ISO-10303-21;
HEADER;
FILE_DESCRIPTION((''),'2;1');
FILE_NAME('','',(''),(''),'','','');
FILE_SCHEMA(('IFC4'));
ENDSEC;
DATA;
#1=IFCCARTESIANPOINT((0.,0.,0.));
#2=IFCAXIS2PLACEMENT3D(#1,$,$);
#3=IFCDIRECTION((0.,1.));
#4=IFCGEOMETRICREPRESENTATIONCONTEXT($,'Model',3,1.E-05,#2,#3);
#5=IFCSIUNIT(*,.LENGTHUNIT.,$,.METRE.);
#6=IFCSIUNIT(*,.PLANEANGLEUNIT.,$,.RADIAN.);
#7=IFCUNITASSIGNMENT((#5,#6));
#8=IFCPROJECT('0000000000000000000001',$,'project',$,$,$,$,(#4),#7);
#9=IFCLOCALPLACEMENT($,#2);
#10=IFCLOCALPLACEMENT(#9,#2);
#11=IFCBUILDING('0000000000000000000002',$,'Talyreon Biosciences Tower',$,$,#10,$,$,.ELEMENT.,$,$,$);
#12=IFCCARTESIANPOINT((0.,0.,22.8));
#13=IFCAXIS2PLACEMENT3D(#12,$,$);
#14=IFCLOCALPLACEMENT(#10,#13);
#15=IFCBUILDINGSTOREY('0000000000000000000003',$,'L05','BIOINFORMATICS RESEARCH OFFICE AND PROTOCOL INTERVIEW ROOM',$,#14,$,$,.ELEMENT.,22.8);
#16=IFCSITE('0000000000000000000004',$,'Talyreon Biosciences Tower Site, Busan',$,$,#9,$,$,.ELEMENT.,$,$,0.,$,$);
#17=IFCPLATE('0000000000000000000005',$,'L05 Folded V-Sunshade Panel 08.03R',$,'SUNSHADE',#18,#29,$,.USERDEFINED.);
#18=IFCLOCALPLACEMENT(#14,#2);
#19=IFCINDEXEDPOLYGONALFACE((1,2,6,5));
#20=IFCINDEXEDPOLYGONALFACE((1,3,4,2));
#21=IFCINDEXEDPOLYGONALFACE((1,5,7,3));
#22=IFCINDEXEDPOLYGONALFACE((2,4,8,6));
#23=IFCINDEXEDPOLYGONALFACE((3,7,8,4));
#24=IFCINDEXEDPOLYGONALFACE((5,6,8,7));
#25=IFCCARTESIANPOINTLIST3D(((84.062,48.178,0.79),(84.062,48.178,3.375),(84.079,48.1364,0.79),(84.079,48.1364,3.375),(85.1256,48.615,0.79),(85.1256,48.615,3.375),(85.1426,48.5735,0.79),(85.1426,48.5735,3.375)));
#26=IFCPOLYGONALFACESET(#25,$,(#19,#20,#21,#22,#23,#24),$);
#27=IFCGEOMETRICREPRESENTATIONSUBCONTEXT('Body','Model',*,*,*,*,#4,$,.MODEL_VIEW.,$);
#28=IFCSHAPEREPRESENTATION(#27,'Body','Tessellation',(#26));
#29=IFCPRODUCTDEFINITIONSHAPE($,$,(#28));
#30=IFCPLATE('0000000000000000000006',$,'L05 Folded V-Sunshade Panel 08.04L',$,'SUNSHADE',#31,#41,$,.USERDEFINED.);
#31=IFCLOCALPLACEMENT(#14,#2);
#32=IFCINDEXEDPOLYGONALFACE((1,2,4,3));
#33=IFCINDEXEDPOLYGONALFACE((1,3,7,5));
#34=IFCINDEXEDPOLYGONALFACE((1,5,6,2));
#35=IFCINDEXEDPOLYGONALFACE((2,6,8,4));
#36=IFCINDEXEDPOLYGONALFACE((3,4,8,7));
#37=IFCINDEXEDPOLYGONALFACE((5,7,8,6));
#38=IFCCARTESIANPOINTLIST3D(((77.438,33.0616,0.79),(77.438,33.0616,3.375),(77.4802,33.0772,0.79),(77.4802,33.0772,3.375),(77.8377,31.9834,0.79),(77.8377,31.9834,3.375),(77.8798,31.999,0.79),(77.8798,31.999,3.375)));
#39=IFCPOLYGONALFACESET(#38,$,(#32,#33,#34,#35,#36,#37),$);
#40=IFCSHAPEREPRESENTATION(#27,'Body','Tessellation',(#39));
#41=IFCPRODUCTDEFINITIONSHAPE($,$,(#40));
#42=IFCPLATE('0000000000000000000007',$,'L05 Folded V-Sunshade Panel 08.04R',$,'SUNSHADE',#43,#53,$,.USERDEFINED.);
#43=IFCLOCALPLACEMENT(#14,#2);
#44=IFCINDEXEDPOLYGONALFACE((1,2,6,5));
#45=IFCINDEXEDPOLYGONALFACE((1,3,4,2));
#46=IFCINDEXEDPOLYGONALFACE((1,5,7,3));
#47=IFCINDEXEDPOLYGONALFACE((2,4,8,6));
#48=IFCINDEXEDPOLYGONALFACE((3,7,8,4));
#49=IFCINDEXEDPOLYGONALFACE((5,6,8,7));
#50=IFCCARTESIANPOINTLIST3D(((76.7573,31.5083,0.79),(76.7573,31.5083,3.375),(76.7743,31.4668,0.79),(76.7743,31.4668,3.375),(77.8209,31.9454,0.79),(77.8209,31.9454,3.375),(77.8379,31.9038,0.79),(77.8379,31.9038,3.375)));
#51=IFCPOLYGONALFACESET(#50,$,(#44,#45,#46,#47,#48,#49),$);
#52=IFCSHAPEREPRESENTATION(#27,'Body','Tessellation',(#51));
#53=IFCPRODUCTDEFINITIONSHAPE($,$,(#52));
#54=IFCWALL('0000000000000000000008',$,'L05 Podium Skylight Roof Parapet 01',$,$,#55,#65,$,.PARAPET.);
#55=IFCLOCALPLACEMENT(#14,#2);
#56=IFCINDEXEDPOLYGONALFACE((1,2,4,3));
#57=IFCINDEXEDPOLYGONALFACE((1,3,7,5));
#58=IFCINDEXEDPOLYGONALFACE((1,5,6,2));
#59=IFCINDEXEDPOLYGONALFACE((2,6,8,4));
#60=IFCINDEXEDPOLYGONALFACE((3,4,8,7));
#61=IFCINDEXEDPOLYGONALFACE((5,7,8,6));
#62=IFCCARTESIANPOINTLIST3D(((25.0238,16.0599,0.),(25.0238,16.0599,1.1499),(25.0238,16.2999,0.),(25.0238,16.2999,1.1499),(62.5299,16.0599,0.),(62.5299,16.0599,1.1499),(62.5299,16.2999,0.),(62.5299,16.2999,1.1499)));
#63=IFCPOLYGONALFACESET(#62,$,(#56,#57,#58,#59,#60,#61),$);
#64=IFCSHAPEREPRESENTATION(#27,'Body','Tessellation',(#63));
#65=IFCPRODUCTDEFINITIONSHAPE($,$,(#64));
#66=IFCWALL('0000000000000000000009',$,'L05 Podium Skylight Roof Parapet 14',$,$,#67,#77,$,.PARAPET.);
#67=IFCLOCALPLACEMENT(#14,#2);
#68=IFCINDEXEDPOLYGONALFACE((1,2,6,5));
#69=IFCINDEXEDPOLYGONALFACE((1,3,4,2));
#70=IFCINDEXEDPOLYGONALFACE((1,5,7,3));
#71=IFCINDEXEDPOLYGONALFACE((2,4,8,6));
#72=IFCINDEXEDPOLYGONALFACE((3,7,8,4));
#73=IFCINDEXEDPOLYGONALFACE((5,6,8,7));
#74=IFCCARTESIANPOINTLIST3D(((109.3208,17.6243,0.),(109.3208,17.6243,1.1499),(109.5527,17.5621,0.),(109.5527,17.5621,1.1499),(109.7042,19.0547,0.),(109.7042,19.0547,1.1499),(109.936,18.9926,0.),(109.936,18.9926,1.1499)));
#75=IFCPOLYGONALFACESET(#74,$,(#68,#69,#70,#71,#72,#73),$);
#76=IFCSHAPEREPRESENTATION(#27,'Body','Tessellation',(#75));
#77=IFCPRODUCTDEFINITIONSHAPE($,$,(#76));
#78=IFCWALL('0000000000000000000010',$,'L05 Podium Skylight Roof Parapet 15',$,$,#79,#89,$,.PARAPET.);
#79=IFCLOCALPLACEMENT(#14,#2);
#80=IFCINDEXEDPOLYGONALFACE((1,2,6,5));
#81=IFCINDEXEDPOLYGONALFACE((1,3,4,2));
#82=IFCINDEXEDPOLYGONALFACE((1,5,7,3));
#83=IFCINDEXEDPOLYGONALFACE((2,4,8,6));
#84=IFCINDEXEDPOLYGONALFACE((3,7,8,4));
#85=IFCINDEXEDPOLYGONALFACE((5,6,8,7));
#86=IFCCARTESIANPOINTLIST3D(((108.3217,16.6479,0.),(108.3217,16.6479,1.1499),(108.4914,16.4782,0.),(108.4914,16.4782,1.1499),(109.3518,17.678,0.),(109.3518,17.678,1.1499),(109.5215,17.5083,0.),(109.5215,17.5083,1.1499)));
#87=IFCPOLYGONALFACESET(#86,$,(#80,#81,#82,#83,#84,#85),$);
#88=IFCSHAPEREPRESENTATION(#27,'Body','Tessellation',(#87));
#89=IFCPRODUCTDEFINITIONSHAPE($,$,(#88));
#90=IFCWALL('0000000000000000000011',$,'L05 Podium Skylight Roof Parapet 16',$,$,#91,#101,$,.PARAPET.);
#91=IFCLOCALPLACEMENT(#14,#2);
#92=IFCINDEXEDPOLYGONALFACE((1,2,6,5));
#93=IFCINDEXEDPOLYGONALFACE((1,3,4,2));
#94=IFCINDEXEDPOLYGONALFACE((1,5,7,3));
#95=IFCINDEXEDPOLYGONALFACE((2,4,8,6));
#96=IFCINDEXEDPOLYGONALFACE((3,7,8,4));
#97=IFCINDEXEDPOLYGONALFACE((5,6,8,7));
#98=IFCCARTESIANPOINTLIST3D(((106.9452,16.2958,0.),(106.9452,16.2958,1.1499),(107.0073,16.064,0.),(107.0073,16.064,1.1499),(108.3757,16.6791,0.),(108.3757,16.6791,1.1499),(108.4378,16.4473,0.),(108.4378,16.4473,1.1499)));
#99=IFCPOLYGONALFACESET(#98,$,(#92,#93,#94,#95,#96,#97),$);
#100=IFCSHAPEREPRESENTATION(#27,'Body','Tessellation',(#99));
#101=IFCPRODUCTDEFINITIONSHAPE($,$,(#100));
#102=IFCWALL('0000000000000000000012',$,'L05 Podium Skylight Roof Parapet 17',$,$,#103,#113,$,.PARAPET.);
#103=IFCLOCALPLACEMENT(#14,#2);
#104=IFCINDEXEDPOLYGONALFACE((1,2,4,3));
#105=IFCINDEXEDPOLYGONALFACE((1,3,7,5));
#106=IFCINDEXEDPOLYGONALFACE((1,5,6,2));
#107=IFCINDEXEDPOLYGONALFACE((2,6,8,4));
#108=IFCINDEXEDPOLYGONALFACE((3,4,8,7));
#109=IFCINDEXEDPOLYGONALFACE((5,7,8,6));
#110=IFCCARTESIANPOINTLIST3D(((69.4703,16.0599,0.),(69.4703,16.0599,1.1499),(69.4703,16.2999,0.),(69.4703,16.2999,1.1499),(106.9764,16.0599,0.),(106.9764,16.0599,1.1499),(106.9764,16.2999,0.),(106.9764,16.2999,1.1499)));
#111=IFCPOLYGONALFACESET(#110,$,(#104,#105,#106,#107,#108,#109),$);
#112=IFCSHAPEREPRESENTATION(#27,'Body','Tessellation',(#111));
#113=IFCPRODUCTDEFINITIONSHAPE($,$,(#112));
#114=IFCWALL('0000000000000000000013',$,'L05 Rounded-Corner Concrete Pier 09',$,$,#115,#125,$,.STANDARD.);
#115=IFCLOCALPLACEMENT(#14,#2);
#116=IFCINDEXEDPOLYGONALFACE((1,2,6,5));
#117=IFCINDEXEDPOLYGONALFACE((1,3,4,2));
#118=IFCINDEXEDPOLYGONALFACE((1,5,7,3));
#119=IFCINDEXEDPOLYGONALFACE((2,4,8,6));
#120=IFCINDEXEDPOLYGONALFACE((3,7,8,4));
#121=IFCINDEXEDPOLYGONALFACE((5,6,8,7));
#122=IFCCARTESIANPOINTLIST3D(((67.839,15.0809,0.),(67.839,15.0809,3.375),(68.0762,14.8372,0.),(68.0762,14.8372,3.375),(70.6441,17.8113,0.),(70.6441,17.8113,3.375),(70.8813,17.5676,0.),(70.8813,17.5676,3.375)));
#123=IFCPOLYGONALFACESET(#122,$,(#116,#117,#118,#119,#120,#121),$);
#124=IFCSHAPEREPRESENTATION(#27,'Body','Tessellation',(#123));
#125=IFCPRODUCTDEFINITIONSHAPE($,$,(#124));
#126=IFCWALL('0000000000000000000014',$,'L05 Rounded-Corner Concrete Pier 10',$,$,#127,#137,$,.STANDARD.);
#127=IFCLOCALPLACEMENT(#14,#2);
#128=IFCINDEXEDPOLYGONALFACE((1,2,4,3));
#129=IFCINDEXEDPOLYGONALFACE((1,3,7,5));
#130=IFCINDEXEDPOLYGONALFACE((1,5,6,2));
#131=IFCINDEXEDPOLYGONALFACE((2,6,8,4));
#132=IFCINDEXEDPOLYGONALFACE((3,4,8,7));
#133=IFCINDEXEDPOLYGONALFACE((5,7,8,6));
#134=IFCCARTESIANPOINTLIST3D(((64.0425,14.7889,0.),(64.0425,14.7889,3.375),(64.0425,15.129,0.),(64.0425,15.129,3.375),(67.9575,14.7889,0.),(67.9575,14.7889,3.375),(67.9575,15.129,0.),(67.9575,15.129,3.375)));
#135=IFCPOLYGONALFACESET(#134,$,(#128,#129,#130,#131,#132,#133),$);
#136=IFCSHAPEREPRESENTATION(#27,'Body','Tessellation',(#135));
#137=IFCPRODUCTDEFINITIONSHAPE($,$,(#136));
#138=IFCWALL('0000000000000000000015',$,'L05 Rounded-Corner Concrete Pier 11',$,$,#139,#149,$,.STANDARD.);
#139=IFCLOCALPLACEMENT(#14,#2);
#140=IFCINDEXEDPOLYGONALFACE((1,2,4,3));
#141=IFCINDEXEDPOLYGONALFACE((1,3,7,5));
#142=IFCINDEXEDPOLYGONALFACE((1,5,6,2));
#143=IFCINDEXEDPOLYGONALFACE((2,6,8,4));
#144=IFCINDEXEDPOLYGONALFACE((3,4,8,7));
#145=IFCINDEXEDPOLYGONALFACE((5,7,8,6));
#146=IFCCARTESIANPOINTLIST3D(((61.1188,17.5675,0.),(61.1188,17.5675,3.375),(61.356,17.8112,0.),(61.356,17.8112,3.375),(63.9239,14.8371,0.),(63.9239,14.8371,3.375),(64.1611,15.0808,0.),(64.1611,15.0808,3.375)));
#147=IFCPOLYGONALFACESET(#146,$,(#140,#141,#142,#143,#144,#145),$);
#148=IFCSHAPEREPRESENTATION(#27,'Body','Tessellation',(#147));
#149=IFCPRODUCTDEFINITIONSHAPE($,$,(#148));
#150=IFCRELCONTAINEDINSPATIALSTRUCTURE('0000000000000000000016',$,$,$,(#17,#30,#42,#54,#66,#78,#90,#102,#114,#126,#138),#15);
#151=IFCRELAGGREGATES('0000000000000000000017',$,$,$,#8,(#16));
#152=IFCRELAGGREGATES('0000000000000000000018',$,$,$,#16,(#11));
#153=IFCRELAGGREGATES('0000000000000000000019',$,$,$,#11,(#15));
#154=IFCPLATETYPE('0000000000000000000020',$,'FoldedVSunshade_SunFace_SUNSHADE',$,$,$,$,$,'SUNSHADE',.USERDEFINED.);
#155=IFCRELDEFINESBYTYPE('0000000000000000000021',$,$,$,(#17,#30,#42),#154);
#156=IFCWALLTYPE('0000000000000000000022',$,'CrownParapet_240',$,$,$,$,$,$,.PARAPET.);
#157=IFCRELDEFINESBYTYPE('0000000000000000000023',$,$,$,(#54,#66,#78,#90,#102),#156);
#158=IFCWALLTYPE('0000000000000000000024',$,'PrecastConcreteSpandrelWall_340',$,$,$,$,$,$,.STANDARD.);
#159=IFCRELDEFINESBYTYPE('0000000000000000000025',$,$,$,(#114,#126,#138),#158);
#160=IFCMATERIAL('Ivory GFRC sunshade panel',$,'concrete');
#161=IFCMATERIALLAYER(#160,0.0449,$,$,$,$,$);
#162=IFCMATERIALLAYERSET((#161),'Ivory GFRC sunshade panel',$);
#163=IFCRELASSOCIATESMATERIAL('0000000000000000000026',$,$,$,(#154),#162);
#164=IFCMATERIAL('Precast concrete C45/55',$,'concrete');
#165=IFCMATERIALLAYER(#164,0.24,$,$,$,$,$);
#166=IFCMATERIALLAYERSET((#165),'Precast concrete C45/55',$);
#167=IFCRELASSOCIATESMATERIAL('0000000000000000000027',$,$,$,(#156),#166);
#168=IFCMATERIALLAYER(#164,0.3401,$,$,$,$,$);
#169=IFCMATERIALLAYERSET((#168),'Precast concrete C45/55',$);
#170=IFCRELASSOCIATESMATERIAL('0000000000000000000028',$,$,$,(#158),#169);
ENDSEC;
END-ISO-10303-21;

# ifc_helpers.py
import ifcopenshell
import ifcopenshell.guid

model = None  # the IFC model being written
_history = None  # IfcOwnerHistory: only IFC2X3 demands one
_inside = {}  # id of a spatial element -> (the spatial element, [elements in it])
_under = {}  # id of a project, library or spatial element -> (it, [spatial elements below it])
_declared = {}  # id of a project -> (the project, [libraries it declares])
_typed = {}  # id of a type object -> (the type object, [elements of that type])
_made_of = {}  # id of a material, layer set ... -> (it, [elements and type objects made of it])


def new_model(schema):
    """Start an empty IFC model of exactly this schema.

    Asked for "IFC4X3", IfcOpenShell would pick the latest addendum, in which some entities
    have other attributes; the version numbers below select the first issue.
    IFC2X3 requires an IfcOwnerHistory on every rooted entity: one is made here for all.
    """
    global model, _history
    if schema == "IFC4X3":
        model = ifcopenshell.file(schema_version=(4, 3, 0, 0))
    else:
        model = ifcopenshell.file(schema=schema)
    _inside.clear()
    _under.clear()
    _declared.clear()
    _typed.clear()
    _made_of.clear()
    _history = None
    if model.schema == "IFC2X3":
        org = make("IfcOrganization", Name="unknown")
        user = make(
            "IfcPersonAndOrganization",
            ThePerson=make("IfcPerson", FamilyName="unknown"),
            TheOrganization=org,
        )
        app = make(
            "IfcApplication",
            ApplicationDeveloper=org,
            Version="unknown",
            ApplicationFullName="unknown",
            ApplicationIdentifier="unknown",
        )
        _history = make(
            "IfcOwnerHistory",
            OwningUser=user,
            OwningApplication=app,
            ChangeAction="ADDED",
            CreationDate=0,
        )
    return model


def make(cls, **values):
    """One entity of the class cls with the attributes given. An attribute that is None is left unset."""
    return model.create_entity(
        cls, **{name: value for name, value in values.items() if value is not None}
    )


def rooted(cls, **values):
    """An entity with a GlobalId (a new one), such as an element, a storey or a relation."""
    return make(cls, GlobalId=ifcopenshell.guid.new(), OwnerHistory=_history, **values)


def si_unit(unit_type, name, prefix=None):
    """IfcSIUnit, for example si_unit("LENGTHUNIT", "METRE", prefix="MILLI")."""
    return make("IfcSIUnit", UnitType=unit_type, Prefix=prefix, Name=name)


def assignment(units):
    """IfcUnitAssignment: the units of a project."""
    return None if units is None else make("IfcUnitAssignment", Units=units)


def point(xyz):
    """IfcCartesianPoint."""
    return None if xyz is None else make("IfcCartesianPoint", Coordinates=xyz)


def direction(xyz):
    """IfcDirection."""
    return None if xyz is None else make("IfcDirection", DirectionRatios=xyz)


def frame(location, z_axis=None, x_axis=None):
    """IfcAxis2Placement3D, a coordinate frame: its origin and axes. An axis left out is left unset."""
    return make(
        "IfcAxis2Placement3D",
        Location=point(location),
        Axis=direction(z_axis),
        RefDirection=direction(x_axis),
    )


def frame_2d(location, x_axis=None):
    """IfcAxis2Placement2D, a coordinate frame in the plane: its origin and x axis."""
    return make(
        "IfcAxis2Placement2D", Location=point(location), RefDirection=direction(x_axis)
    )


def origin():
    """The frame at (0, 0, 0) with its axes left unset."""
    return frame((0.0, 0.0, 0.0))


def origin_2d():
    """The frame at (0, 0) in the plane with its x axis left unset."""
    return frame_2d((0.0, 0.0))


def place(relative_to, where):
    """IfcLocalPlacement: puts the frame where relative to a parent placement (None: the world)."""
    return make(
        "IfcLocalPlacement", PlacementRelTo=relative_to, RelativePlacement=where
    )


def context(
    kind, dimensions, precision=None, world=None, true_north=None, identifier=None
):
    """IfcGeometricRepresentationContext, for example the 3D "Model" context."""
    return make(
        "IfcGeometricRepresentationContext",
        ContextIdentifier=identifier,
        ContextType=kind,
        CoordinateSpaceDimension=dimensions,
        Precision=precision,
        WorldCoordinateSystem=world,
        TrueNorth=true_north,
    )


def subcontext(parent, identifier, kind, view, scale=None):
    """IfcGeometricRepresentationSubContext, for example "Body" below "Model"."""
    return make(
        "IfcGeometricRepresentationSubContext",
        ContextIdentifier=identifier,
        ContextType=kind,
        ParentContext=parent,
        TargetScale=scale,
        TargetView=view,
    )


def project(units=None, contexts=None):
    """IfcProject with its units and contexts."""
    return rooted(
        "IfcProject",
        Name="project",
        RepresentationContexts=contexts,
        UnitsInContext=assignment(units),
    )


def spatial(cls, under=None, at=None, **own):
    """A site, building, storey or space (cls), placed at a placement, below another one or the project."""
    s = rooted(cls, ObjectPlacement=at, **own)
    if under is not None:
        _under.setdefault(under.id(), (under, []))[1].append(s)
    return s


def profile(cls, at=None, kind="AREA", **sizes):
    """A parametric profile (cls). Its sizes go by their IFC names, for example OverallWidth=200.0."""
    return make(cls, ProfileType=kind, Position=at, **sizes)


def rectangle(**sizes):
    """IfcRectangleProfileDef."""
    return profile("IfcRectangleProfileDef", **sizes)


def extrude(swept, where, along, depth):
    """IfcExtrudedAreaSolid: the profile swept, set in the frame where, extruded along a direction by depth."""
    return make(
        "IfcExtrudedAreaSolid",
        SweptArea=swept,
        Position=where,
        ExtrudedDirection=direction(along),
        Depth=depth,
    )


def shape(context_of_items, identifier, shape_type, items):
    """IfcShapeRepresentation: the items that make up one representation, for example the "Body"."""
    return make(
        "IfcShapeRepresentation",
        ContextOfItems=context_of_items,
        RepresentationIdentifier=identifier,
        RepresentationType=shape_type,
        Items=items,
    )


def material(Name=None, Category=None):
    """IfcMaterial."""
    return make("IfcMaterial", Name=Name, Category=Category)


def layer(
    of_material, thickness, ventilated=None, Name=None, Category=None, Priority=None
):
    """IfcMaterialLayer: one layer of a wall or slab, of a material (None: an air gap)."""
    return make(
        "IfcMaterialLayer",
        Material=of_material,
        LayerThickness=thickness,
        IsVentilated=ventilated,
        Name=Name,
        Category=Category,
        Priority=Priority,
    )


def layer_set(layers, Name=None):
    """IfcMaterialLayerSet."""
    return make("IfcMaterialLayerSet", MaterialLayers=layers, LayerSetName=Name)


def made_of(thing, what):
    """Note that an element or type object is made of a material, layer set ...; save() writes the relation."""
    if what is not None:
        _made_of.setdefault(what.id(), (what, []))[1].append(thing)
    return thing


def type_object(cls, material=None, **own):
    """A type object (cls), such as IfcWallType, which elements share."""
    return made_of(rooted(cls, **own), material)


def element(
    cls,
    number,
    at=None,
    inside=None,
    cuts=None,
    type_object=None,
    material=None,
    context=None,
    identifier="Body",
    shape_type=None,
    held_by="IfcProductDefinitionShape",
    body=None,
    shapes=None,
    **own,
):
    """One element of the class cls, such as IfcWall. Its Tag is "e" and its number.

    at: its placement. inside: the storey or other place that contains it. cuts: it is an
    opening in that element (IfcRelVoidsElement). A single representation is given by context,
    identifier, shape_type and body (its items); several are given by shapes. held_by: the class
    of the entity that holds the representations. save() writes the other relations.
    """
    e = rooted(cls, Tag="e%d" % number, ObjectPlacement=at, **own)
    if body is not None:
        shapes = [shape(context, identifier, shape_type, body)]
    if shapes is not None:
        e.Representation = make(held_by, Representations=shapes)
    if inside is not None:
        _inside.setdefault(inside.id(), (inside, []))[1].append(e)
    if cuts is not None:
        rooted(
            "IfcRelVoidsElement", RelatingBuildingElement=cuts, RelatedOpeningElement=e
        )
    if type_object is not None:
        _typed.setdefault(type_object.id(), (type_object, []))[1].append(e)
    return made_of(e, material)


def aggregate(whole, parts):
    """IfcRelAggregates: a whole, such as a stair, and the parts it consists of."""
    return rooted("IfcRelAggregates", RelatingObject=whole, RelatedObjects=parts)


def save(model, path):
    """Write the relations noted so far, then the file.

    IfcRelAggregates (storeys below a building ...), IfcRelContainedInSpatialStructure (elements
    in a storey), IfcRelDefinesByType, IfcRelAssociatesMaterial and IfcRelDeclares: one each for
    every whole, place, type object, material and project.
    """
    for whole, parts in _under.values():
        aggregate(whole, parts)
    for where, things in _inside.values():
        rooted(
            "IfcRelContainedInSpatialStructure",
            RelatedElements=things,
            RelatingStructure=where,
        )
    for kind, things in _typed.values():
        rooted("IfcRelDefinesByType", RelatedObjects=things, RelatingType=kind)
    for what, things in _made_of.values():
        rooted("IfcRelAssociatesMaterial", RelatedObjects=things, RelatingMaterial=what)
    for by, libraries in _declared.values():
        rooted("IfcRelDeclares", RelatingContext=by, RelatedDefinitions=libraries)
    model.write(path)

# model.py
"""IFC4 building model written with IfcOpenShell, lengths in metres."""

from ifc_helpers import new_model, si_unit, direction, frame, frame_2d, origin, origin_2d, place, context, subcontext, project, spatial, rectangle, extrude, material, layer, layer_set, type_object, element, save


model = new_model("IFC4")

# Units and contexts
model_context = context("Model", 3, precision=1e-05, world=origin(), true_north=direction((0.0, 1.0)))
body_context = subcontext(model_context, "Body", "Model", "MODEL_VIEW")
ifc_project = project(units=[si_unit("LENGTHUNIT", "METRE"), si_unit("PLANEANGLEUNIT", "RADIAN")], contexts=[model_context])

# Site, building, storey
site_placement = place(None, origin())
site = spatial("IfcSite", under=ifc_project, at=site_placement, Name="Talyreon Biosciences Tower Site, Busan", CompositionType="ELEMENT", RefElevation=0.0)
building_placement = place(site_placement, origin())
building = spatial("IfcBuilding", under=site, at=building_placement, Name="Talyreon Biosciences Tower", CompositionType="ELEMENT")
storey_placement = place(building_placement, frame((0.0, 0.0, 22.8)))
storey = spatial("IfcBuildingStorey", under=building, at=storey_placement, Name="L05", Description="BIOINFORMATICS RESEARCH OFFICE AND PROTOCOL INTERVIEW ROOM", CompositionType="ELEMENT", Elevation=22.8)

# Shared definitions
ifc_material_1 = material(Name="Precast concrete C45/55", Category="concrete")

# Plates
ifc_material_2 = material(Name="Ivory GFRC sunshade panel", Category="concrete")
ifc_layer_1 = layer(ifc_material_2, 0.0449)
ifc_layer_set_1 = layer_set([ifc_layer_1], Name="Ivory GFRC sunshade panel")
plate_type_1 = type_object("IfcPlateType", Name="FoldedVSunshade_SunFace_SUNSHADE", ElementType="SUNSHADE", PredefinedType="USERDEFINED", material=ifc_layer_set_1)
for number, where, z_axis, x_axis, name in (
    (1, (84.6023, 48.3757, 0.79), (0.0, 0.0, 1.0), (-0.924958, -0.38007, 0.0), "L05 Folded V-Sunshade Panel 08.03R"),
    (2, (77.6589, 32.5303, 0.79), (0.0, 0.0, 1.0), (0.347558, -0.937659, 0.0), "L05 Folded V-Sunshade Panel 08.04L"),
    (3, (77.2976, 31.7061, 0.79), (0.0, 0.0, 1.0), (-0.924958, -0.38007, 0.0), "L05 Folded V-Sunshade Panel 08.04R"),
):
    element("IfcPlate", number, at=place(storey_placement, frame(where, z_axis=z_axis, x_axis=x_axis)), inside=storey, type_object=plate_type_1, Name=name, ObjectType="SUNSHADE", PredefinedType="USERDEFINED", context=body_context, shape_type="SweptSolid", body=[
        extrude(rectangle(XDim=1.1499, YDim=0.0449, at=origin_2d()), origin(), (0.0, 0.0, 1.0), 2.585),
    ])

# Walls
ifc_layer_2 = layer(ifc_material_1, 0.24)
ifc_layer_set_2 = layer_set([ifc_layer_2], Name="Precast concrete C45/55")
wall_type_1 = type_object("IfcWallType", Name="CrownParapet_240", PredefinedType="PARAPET", material=ifc_layer_set_2)
wall_1_placement = place(storey_placement, frame((62.5298, 16.1799, 0.0), z_axis=(0.0, 0.0, 1.0), x_axis=(-1.0, 0.0, 0.0)))
element("IfcWall", 4, at=wall_1_placement, inside=storey, type_object=wall_type_1, Name="L05 Podium Skylight Roof Parapet 01", PredefinedType="PARAPET", context=body_context, shape_type="SweptSolid", body=[
    extrude(rectangle(XDim=37.5061, YDim=0.24, at=frame_2d((18.7529, 0.0))), origin(), (0.0, 0.0, 1.0), 1.1499),
])
wall_2_placement = place(storey_placement, frame((109.8201, 19.0237, 0.0), z_axis=(0.0, 0.0, 1.0), x_axis=(-0.258832, -0.965922, 0.0)))
element("IfcWall", 5, at=wall_2_placement, inside=storey, type_object=wall_type_1, Name="L05 Podium Skylight Roof Parapet 14", PredefinedType="PARAPET", context=body_context, shape_type="SweptSolid", body=[
    extrude(rectangle(XDim=1.481, YDim=0.24, at=frame_2d((0.7405, 0.0))), origin(), (0.0, 0.0, 1.0), 1.1499),
])
wall_3_placement = place(storey_placement, frame((109.4368, 17.5933, 0.0), z_axis=(0.0, 0.0, 1.0), x_axis=(-0.707107, -0.707107, 0.0)))
element("IfcWall", 6, at=wall_3_placement, inside=storey, type_object=wall_type_1, Name="L05 Podium Skylight Roof Parapet 15", PredefinedType="PARAPET", context=body_context, shape_type="SweptSolid", body=[
    extrude(rectangle(XDim=1.4568, YDim=0.24, at=frame_2d((0.7285, 0.0))), origin(), (0.0, 0.0, 1.0), 1.1499),
])
wall_4_placement = place(storey_placement, frame((108.4067, 16.5632, 0.0), z_axis=(0.0, 0.0, 1.0), x_axis=(-0.965922, -0.258832, 0.0)))
element("IfcWall", 7, at=wall_4_placement, inside=storey, type_object=wall_type_1, Name="L05 Podium Skylight Roof Parapet 16", PredefinedType="PARAPET", context=body_context, shape_type="SweptSolid", body=[
    extrude(rectangle(XDim=1.481, YDim=0.24, at=frame_2d((0.7405, 0.0))), origin(), (0.0, 0.0, 1.0), 1.1499),
])
wall_5_placement = place(storey_placement, frame((106.9763, 16.1799, 0.0), z_axis=(0.0, 0.0, 1.0), x_axis=(-1.0, 0.0, 0.0)))
element("IfcWall", 8, at=wall_5_placement, inside=storey, type_object=wall_type_1, Name="L05 Podium Skylight Roof Parapet 17", PredefinedType="PARAPET", context=body_context, shape_type="SweptSolid", body=[
    extrude(rectangle(XDim=37.5061, YDim=0.24, at=frame_2d((18.7529, 0.0))), origin(), (0.0, 0.0, 1.0), 1.1499),
])
ifc_layer_3 = layer(ifc_material_1, 0.3401)
ifc_layer_set_3 = layer_set([ifc_layer_3], Name="Precast concrete C45/55")
wall_type_2 = type_object("IfcWallType", Name="PrecastConcreteSpandrelWall_340", PredefinedType="STANDARD", material=ifc_layer_set_3)
wall_6_placement = place(storey_placement, frame((70.7627, 17.6895, 0.0), z_axis=(0.0, 0.0, 1.0), x_axis=(-0.716584, -0.6975, 0.0)))
element("IfcWall", 9, at=wall_6_placement, inside=storey, type_object=wall_type_2, Name="L05 Rounded-Corner Concrete Pier 09", PredefinedType="STANDARD", context=body_context, shape_type="SweptSolid", body=[
    extrude(rectangle(XDim=3.9146, YDim=0.3401, at=frame_2d((1.9573, 0.0))), origin(), (0.0, 0.0, 1.0), 3.375),
])
wall_7_placement = place(storey_placement, frame((67.9575, 14.959, 0.0), z_axis=(0.0, 0.0, 1.0), x_axis=(-1.0, 0.0, 0.0)))
element("IfcWall", 10, at=wall_7_placement, inside=storey, type_object=wall_type_2, Name="L05 Rounded-Corner Concrete Pier 10", PredefinedType="STANDARD", context=body_context, shape_type="SweptSolid", body=[
    extrude(rectangle(XDim=3.915, YDim=0.3401, at=frame_2d((1.9575, 0.0))), origin(), (0.0, 0.0, 1.0), 3.375),
])
wall_8_placement = place(storey_placement, frame((64.0425, 14.959, 0.0), z_axis=(0.0, 0.0, 1.0), x_axis=(-0.716584, 0.6975, 0.0)))
element("IfcWall", 11, at=wall_8_placement, inside=storey, type_object=wall_type_2, Name="L05 Rounded-Corner Concrete Pier 11", PredefinedType="STANDARD", context=body_context, shape_type="SweptSolid", body=[
    extrude(rectangle(XDim=3.9146, YDim=0.3401, at=frame_2d((1.9573, 0.0))), origin(), (0.0, 0.0, 1.0), 3.375),
])

save(model, "model.ifc")
